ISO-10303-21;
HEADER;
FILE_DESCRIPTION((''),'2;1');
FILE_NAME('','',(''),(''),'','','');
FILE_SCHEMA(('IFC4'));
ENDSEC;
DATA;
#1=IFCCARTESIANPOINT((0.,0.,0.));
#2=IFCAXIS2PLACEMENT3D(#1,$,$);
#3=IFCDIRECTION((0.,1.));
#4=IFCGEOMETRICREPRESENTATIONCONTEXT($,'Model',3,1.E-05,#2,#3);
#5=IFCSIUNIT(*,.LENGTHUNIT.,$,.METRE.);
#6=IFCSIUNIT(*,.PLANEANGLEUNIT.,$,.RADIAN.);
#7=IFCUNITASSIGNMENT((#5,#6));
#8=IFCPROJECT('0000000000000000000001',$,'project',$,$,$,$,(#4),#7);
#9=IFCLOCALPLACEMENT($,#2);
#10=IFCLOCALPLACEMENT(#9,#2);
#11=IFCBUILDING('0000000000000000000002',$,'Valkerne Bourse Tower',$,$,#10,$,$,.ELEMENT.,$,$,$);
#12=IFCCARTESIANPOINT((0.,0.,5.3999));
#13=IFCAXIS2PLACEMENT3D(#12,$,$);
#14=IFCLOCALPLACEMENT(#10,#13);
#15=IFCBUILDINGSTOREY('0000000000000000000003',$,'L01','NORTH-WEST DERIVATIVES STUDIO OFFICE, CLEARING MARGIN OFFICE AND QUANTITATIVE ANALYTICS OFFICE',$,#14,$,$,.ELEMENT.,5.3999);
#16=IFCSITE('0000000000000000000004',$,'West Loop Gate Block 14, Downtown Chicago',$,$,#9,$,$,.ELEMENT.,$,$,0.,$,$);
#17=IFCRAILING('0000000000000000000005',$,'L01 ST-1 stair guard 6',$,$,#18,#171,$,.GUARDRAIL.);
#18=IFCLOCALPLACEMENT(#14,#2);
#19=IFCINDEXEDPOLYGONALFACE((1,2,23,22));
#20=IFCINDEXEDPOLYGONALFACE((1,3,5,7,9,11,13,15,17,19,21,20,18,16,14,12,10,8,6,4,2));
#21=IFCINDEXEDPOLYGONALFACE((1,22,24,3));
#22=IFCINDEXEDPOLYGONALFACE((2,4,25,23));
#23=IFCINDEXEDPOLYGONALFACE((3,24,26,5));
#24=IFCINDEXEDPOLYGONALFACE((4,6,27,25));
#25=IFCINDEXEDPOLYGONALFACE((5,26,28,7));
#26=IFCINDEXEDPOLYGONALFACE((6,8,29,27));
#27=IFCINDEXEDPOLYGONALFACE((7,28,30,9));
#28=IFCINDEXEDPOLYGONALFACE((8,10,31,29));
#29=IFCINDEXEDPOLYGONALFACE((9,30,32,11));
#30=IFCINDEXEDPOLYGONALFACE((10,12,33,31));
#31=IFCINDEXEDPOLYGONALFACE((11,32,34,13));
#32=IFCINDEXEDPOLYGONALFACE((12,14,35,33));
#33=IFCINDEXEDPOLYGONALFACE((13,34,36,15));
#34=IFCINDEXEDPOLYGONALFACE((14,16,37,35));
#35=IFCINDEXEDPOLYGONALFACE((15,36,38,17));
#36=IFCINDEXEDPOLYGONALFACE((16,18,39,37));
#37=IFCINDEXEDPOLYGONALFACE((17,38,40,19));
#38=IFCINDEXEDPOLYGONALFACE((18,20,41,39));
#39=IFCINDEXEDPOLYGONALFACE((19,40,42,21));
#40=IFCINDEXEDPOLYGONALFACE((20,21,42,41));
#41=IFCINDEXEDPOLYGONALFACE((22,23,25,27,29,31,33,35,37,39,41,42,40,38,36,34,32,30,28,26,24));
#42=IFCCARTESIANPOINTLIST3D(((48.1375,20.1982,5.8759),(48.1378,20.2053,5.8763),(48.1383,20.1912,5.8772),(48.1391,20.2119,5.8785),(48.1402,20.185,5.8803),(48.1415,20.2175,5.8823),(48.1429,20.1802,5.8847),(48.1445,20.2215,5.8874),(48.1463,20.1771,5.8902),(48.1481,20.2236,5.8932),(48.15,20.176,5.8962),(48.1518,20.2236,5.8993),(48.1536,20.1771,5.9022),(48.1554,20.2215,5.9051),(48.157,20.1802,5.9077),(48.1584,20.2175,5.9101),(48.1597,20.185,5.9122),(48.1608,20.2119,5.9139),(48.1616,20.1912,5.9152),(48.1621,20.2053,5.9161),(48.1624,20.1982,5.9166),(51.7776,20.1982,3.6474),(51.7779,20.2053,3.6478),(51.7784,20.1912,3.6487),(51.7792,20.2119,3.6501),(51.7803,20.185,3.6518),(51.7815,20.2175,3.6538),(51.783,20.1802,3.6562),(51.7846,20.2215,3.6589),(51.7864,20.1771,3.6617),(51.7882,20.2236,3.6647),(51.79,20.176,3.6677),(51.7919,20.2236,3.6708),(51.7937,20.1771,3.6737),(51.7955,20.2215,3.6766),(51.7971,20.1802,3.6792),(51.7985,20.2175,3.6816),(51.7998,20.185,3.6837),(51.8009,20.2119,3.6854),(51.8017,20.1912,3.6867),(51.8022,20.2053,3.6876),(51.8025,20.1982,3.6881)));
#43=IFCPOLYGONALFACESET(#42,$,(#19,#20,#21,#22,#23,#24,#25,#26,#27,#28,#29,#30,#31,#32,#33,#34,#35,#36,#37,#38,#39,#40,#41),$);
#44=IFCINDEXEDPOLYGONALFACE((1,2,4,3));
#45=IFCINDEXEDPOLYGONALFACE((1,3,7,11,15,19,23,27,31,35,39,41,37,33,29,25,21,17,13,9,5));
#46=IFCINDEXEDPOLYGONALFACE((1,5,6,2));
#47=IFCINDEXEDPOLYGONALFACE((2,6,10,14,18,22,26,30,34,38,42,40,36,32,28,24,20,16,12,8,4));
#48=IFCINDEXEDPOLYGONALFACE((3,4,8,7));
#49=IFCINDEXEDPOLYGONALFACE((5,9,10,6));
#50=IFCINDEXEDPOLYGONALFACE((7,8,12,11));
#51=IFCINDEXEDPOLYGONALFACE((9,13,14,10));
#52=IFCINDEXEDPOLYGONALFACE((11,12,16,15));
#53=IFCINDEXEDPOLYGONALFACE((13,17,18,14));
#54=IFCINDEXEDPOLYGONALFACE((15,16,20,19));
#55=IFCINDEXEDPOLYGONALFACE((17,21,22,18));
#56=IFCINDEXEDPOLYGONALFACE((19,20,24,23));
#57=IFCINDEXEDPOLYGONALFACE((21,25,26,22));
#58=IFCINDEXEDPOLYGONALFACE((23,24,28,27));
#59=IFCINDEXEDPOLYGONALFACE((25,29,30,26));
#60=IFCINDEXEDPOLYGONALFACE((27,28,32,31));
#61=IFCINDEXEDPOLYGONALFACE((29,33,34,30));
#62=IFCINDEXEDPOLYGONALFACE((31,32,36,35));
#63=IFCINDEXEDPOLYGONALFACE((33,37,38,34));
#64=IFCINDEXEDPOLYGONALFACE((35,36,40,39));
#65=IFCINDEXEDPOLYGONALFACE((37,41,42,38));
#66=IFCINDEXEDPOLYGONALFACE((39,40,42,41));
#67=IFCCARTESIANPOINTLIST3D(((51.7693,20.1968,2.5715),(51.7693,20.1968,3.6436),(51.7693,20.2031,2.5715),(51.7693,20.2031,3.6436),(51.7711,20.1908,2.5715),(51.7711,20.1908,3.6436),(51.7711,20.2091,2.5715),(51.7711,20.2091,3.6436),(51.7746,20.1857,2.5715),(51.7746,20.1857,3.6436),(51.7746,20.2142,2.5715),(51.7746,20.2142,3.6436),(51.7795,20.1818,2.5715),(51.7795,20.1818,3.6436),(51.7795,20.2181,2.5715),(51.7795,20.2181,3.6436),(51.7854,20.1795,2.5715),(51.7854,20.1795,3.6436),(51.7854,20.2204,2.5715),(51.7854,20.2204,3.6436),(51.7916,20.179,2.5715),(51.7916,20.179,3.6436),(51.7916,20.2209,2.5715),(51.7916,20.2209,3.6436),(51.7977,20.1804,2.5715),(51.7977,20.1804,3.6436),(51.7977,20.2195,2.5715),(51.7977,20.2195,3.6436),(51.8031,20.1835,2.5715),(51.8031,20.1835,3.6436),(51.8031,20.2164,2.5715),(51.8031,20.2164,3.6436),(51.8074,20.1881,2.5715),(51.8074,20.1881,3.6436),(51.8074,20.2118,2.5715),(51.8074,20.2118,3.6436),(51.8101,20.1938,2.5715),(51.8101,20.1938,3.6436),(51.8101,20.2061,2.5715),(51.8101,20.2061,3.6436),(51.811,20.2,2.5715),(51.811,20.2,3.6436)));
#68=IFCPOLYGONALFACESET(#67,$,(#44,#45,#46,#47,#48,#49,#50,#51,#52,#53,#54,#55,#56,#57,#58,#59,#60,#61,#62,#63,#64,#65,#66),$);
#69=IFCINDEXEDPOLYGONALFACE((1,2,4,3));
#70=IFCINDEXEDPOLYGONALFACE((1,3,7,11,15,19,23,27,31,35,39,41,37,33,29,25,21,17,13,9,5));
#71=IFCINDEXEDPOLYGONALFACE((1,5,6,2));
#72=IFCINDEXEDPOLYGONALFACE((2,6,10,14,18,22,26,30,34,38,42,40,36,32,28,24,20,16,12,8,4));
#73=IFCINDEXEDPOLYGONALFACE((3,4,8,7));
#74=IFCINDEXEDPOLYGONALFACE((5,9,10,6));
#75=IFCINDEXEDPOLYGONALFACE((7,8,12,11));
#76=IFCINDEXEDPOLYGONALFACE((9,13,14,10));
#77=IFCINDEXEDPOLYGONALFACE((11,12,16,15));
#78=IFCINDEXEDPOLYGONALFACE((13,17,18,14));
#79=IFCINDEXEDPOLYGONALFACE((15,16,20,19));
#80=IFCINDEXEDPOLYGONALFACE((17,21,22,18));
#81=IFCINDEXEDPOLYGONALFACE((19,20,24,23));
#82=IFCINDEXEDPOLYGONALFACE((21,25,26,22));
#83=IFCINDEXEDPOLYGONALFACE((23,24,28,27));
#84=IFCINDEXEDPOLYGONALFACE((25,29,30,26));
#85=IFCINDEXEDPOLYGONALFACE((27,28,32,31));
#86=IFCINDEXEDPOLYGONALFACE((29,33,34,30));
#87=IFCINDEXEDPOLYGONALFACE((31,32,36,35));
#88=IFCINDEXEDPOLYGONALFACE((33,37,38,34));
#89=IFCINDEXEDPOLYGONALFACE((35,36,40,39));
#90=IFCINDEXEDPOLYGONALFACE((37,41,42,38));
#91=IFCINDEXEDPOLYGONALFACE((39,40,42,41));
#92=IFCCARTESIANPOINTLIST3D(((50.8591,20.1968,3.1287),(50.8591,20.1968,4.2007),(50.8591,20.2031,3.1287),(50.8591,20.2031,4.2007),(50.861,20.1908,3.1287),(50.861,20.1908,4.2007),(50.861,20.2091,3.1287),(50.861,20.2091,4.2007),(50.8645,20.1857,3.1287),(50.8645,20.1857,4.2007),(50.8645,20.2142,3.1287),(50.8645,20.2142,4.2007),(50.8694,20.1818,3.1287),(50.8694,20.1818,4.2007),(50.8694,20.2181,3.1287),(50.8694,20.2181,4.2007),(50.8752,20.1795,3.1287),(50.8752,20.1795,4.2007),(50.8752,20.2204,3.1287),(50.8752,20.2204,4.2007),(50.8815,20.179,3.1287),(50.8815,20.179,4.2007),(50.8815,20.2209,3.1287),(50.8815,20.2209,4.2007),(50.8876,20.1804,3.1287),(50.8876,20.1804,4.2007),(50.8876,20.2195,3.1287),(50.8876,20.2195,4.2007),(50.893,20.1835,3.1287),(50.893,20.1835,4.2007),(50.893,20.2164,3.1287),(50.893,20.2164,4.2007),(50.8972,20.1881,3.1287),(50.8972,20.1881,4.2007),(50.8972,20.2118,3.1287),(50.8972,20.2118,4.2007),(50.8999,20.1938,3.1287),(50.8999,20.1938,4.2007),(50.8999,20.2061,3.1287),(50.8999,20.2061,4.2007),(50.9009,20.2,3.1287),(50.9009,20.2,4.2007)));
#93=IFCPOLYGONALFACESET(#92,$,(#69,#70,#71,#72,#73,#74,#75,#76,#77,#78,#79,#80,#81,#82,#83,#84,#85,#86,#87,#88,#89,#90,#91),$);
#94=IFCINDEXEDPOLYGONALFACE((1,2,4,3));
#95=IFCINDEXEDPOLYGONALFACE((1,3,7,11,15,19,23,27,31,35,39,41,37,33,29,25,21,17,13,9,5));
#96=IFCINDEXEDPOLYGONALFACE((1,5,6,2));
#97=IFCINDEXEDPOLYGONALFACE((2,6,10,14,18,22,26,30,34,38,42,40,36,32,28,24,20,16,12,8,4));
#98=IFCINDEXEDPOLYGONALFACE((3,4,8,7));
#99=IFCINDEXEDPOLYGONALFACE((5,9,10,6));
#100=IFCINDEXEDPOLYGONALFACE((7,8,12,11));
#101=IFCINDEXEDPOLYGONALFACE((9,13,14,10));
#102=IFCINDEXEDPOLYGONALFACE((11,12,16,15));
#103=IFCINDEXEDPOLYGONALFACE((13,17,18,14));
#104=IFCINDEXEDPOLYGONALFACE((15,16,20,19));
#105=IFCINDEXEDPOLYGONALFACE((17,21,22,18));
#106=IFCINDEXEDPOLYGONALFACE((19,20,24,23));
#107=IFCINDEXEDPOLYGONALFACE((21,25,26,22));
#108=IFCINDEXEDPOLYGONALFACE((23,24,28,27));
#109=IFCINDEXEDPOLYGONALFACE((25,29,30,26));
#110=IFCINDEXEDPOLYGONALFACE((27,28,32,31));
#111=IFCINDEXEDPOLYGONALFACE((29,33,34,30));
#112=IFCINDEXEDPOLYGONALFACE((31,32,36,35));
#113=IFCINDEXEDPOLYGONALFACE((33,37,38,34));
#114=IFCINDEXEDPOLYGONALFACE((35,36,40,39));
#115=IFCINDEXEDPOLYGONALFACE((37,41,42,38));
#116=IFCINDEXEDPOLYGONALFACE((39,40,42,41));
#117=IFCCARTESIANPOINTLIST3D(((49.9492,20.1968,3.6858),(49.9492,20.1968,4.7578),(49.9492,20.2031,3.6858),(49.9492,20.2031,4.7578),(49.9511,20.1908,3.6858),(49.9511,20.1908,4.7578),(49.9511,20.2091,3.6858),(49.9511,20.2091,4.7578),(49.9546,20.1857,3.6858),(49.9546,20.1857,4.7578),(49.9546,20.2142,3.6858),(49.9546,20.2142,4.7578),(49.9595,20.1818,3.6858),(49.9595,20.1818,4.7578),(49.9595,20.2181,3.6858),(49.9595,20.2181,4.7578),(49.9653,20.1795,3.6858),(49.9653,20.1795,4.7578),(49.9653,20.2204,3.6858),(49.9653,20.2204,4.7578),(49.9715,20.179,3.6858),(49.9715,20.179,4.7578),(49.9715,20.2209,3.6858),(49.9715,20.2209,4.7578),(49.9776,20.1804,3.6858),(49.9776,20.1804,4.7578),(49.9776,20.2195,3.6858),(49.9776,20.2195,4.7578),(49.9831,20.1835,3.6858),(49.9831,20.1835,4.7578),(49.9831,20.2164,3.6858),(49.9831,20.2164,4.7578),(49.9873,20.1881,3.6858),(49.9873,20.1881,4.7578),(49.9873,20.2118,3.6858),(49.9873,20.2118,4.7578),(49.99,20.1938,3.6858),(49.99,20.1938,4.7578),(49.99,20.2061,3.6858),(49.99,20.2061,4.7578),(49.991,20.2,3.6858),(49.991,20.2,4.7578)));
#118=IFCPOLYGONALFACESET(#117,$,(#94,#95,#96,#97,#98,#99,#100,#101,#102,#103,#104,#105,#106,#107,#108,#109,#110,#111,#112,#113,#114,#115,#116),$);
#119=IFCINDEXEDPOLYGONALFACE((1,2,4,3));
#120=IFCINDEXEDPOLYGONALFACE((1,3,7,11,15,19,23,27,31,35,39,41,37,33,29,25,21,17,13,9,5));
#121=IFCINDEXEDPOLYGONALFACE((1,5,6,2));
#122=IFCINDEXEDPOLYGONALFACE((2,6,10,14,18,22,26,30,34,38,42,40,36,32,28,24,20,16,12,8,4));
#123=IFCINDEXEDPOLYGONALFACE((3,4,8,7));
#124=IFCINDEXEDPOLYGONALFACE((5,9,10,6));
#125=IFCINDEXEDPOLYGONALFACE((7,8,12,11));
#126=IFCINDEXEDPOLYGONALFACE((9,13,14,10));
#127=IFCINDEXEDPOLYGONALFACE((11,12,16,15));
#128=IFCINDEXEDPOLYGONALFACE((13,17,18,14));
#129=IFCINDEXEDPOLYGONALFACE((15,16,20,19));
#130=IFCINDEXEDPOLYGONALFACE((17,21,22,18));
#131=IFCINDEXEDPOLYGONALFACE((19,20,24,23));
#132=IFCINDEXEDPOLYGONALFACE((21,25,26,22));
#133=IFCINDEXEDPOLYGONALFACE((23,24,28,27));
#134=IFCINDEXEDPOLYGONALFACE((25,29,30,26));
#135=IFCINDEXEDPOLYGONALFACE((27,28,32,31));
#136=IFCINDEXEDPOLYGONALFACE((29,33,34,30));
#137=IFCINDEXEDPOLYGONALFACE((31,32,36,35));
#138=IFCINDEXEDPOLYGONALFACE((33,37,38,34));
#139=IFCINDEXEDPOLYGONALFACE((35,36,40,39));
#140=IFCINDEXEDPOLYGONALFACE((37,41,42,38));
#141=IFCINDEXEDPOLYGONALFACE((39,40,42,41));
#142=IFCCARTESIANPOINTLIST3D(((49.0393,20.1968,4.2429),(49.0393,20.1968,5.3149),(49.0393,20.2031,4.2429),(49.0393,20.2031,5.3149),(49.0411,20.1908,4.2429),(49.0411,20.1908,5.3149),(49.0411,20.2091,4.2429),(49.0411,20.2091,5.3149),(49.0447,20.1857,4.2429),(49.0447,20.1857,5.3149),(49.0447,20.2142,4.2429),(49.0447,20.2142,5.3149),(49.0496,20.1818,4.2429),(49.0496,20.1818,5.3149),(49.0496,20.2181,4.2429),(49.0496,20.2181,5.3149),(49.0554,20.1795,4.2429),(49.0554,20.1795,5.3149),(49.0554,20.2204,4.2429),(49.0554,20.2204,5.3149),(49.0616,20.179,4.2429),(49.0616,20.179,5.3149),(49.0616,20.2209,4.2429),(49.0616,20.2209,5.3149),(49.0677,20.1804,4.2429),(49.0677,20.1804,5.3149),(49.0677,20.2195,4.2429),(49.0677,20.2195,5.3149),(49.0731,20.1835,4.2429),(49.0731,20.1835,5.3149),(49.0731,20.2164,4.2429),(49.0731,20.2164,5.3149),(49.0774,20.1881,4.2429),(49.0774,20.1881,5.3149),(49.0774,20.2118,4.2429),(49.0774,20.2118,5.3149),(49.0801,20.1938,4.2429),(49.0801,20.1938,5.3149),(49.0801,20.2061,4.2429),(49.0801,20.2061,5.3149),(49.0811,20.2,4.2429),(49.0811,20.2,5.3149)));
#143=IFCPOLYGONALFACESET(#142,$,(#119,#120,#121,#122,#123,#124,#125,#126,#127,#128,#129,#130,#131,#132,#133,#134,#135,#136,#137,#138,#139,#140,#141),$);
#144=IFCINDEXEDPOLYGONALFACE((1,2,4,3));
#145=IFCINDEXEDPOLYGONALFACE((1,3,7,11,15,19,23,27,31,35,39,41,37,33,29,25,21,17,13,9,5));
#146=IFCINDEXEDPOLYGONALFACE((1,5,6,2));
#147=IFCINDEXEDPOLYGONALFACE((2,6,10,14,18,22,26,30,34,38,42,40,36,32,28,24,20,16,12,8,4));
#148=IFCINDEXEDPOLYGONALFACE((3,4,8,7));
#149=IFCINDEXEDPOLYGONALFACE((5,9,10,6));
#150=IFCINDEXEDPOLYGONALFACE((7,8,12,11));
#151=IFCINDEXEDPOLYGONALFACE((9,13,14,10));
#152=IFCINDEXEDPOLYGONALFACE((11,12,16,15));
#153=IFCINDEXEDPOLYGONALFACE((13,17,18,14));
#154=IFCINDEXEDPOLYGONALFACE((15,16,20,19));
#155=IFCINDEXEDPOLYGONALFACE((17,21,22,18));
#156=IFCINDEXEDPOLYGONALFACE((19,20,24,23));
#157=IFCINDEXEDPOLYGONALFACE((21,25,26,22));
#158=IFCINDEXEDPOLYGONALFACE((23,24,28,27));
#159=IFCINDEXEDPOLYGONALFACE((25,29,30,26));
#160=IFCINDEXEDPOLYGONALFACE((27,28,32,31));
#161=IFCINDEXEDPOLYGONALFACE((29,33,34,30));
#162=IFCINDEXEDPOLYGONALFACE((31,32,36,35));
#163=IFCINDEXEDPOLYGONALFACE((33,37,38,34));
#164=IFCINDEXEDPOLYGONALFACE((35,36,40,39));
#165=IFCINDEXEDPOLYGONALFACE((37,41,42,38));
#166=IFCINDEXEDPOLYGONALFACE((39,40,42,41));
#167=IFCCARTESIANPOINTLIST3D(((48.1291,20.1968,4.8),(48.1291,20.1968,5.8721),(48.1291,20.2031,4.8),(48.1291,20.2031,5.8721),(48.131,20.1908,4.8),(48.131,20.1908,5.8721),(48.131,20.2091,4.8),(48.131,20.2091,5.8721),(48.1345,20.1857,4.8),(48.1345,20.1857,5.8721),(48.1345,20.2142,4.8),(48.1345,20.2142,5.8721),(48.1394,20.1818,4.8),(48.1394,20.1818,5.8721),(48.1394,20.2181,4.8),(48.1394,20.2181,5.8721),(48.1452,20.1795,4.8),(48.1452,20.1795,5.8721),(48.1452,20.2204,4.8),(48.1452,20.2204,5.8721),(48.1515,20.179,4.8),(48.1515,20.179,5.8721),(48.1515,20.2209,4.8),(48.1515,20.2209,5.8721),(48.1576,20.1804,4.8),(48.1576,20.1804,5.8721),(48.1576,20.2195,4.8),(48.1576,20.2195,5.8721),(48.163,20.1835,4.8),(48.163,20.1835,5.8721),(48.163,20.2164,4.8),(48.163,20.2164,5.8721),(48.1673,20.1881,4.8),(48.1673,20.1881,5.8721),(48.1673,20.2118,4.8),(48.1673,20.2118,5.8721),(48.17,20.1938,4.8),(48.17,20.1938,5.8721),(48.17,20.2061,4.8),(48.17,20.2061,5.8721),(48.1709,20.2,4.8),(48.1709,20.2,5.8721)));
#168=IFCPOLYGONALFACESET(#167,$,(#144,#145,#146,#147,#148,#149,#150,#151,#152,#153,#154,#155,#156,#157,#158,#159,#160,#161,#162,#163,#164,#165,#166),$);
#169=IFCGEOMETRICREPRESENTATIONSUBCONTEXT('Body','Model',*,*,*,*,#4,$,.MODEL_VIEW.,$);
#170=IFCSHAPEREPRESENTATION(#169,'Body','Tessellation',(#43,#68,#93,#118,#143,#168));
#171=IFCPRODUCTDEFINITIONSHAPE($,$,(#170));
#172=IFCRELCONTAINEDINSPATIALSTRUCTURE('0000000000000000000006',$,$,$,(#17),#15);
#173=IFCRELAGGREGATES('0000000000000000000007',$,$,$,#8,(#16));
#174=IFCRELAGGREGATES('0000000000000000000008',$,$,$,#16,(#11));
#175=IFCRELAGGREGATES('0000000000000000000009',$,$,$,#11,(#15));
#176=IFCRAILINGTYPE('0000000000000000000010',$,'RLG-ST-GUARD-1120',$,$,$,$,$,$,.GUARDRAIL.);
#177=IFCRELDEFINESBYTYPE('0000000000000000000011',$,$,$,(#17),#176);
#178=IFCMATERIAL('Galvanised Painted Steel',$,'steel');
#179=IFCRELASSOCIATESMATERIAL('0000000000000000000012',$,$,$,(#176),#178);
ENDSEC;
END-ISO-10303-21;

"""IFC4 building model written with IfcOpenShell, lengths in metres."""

from ifc_helpers import new_model, si_unit, direction, frame, origin, origin_2d, place, context, subcontext, project, spatial, circle, extrude, material, type_object, element, save


model = new_model("IFC4")

# Units and contexts
model_context = context("Model", 3, precision=1e-05, world=origin(), true_north=direction((0.0, 1.0)))
body_context = subcontext(model_context, "Body", "Model", "MODEL_VIEW")
ifc_project = project(units=[si_unit("LENGTHUNIT", "METRE"), si_unit("PLANEANGLEUNIT", "RADIAN")], contexts=[model_context])

# Site, building, storey
site_placement = place(None, origin())
site = spatial("IfcSite", under=ifc_project, at=site_placement, Name="West Loop Gate Block 14, Downtown Chicago", CompositionType="ELEMENT", RefElevation=0.0)
building_placement = place(site_placement, origin())
building = spatial("IfcBuilding", under=site, at=building_placement, Name="Valkerne Bourse Tower", CompositionType="ELEMENT")
storey_placement = place(building_placement, frame((0.0, 0.0, 5.3999)))
storey = spatial("IfcBuildingStorey", under=building, at=storey_placement, Name="L01", Description="NORTH-WEST DERIVATIVES STUDIO OFFICE, CLEARING MARGIN OFFICE AND QUANTITATIVE ANALYTICS OFFICE", CompositionType="ELEMENT", Elevation=5.3999)

# Shared definitions
ifc_material_1 = material(Name="Galvanised Painted Steel", Category="steel")

# Railing
railing_type_1 = type_object("IfcRailingType", Name="RLG-ST-GUARD-1120", PredefinedType="GUARDRAIL", material=ifc_material_1)
railing_1_placement = place(storey_placement, frame((51.79, 20.2, 2.5715)))
element("IfcRailing", 1, at=railing_1_placement, inside=storey, type_object=railing_type_1, Name="L01 ST-1 stair guard 6", PredefinedType="GUARDRAIL", context=body_context, shape_type="SweptSolid", body=[
    extrude(circle(Radius=0.0239, at=origin_2d()), frame((0.0, 0.0, 1.0962), z_axis=(-0.852866, 0.0, 0.52213), x_axis=(0.0, -1.0, 0.0)), (0.0, 0.0, 1.0), 4.2681),
    extrude(circle(Radius=0.021, at=origin_2d()), origin(), (0.0, 0.0, 1.0), 1.072),
    extrude(circle(Radius=0.021, at=origin_2d()), frame((-0.9102, 0.0, 0.5571)), (0.0, 0.0, 1.0), 1.072),
    extrude(circle(Radius=0.021, at=origin_2d()), frame((-1.8201, 0.0, 1.1143)), (0.0, 0.0, 1.0), 1.072),
    extrude(circle(Radius=0.021, at=origin_2d()), frame((-2.73, 0.0, 1.6714)), (0.0, 0.0, 1.0), 1.072),
    extrude(circle(Radius=0.021, at=origin_2d()), frame((-3.6401, 0.0, 2.2285)), (0.0, 0.0, 1.0), 1.072),
])

save(model, "model.ifc")
